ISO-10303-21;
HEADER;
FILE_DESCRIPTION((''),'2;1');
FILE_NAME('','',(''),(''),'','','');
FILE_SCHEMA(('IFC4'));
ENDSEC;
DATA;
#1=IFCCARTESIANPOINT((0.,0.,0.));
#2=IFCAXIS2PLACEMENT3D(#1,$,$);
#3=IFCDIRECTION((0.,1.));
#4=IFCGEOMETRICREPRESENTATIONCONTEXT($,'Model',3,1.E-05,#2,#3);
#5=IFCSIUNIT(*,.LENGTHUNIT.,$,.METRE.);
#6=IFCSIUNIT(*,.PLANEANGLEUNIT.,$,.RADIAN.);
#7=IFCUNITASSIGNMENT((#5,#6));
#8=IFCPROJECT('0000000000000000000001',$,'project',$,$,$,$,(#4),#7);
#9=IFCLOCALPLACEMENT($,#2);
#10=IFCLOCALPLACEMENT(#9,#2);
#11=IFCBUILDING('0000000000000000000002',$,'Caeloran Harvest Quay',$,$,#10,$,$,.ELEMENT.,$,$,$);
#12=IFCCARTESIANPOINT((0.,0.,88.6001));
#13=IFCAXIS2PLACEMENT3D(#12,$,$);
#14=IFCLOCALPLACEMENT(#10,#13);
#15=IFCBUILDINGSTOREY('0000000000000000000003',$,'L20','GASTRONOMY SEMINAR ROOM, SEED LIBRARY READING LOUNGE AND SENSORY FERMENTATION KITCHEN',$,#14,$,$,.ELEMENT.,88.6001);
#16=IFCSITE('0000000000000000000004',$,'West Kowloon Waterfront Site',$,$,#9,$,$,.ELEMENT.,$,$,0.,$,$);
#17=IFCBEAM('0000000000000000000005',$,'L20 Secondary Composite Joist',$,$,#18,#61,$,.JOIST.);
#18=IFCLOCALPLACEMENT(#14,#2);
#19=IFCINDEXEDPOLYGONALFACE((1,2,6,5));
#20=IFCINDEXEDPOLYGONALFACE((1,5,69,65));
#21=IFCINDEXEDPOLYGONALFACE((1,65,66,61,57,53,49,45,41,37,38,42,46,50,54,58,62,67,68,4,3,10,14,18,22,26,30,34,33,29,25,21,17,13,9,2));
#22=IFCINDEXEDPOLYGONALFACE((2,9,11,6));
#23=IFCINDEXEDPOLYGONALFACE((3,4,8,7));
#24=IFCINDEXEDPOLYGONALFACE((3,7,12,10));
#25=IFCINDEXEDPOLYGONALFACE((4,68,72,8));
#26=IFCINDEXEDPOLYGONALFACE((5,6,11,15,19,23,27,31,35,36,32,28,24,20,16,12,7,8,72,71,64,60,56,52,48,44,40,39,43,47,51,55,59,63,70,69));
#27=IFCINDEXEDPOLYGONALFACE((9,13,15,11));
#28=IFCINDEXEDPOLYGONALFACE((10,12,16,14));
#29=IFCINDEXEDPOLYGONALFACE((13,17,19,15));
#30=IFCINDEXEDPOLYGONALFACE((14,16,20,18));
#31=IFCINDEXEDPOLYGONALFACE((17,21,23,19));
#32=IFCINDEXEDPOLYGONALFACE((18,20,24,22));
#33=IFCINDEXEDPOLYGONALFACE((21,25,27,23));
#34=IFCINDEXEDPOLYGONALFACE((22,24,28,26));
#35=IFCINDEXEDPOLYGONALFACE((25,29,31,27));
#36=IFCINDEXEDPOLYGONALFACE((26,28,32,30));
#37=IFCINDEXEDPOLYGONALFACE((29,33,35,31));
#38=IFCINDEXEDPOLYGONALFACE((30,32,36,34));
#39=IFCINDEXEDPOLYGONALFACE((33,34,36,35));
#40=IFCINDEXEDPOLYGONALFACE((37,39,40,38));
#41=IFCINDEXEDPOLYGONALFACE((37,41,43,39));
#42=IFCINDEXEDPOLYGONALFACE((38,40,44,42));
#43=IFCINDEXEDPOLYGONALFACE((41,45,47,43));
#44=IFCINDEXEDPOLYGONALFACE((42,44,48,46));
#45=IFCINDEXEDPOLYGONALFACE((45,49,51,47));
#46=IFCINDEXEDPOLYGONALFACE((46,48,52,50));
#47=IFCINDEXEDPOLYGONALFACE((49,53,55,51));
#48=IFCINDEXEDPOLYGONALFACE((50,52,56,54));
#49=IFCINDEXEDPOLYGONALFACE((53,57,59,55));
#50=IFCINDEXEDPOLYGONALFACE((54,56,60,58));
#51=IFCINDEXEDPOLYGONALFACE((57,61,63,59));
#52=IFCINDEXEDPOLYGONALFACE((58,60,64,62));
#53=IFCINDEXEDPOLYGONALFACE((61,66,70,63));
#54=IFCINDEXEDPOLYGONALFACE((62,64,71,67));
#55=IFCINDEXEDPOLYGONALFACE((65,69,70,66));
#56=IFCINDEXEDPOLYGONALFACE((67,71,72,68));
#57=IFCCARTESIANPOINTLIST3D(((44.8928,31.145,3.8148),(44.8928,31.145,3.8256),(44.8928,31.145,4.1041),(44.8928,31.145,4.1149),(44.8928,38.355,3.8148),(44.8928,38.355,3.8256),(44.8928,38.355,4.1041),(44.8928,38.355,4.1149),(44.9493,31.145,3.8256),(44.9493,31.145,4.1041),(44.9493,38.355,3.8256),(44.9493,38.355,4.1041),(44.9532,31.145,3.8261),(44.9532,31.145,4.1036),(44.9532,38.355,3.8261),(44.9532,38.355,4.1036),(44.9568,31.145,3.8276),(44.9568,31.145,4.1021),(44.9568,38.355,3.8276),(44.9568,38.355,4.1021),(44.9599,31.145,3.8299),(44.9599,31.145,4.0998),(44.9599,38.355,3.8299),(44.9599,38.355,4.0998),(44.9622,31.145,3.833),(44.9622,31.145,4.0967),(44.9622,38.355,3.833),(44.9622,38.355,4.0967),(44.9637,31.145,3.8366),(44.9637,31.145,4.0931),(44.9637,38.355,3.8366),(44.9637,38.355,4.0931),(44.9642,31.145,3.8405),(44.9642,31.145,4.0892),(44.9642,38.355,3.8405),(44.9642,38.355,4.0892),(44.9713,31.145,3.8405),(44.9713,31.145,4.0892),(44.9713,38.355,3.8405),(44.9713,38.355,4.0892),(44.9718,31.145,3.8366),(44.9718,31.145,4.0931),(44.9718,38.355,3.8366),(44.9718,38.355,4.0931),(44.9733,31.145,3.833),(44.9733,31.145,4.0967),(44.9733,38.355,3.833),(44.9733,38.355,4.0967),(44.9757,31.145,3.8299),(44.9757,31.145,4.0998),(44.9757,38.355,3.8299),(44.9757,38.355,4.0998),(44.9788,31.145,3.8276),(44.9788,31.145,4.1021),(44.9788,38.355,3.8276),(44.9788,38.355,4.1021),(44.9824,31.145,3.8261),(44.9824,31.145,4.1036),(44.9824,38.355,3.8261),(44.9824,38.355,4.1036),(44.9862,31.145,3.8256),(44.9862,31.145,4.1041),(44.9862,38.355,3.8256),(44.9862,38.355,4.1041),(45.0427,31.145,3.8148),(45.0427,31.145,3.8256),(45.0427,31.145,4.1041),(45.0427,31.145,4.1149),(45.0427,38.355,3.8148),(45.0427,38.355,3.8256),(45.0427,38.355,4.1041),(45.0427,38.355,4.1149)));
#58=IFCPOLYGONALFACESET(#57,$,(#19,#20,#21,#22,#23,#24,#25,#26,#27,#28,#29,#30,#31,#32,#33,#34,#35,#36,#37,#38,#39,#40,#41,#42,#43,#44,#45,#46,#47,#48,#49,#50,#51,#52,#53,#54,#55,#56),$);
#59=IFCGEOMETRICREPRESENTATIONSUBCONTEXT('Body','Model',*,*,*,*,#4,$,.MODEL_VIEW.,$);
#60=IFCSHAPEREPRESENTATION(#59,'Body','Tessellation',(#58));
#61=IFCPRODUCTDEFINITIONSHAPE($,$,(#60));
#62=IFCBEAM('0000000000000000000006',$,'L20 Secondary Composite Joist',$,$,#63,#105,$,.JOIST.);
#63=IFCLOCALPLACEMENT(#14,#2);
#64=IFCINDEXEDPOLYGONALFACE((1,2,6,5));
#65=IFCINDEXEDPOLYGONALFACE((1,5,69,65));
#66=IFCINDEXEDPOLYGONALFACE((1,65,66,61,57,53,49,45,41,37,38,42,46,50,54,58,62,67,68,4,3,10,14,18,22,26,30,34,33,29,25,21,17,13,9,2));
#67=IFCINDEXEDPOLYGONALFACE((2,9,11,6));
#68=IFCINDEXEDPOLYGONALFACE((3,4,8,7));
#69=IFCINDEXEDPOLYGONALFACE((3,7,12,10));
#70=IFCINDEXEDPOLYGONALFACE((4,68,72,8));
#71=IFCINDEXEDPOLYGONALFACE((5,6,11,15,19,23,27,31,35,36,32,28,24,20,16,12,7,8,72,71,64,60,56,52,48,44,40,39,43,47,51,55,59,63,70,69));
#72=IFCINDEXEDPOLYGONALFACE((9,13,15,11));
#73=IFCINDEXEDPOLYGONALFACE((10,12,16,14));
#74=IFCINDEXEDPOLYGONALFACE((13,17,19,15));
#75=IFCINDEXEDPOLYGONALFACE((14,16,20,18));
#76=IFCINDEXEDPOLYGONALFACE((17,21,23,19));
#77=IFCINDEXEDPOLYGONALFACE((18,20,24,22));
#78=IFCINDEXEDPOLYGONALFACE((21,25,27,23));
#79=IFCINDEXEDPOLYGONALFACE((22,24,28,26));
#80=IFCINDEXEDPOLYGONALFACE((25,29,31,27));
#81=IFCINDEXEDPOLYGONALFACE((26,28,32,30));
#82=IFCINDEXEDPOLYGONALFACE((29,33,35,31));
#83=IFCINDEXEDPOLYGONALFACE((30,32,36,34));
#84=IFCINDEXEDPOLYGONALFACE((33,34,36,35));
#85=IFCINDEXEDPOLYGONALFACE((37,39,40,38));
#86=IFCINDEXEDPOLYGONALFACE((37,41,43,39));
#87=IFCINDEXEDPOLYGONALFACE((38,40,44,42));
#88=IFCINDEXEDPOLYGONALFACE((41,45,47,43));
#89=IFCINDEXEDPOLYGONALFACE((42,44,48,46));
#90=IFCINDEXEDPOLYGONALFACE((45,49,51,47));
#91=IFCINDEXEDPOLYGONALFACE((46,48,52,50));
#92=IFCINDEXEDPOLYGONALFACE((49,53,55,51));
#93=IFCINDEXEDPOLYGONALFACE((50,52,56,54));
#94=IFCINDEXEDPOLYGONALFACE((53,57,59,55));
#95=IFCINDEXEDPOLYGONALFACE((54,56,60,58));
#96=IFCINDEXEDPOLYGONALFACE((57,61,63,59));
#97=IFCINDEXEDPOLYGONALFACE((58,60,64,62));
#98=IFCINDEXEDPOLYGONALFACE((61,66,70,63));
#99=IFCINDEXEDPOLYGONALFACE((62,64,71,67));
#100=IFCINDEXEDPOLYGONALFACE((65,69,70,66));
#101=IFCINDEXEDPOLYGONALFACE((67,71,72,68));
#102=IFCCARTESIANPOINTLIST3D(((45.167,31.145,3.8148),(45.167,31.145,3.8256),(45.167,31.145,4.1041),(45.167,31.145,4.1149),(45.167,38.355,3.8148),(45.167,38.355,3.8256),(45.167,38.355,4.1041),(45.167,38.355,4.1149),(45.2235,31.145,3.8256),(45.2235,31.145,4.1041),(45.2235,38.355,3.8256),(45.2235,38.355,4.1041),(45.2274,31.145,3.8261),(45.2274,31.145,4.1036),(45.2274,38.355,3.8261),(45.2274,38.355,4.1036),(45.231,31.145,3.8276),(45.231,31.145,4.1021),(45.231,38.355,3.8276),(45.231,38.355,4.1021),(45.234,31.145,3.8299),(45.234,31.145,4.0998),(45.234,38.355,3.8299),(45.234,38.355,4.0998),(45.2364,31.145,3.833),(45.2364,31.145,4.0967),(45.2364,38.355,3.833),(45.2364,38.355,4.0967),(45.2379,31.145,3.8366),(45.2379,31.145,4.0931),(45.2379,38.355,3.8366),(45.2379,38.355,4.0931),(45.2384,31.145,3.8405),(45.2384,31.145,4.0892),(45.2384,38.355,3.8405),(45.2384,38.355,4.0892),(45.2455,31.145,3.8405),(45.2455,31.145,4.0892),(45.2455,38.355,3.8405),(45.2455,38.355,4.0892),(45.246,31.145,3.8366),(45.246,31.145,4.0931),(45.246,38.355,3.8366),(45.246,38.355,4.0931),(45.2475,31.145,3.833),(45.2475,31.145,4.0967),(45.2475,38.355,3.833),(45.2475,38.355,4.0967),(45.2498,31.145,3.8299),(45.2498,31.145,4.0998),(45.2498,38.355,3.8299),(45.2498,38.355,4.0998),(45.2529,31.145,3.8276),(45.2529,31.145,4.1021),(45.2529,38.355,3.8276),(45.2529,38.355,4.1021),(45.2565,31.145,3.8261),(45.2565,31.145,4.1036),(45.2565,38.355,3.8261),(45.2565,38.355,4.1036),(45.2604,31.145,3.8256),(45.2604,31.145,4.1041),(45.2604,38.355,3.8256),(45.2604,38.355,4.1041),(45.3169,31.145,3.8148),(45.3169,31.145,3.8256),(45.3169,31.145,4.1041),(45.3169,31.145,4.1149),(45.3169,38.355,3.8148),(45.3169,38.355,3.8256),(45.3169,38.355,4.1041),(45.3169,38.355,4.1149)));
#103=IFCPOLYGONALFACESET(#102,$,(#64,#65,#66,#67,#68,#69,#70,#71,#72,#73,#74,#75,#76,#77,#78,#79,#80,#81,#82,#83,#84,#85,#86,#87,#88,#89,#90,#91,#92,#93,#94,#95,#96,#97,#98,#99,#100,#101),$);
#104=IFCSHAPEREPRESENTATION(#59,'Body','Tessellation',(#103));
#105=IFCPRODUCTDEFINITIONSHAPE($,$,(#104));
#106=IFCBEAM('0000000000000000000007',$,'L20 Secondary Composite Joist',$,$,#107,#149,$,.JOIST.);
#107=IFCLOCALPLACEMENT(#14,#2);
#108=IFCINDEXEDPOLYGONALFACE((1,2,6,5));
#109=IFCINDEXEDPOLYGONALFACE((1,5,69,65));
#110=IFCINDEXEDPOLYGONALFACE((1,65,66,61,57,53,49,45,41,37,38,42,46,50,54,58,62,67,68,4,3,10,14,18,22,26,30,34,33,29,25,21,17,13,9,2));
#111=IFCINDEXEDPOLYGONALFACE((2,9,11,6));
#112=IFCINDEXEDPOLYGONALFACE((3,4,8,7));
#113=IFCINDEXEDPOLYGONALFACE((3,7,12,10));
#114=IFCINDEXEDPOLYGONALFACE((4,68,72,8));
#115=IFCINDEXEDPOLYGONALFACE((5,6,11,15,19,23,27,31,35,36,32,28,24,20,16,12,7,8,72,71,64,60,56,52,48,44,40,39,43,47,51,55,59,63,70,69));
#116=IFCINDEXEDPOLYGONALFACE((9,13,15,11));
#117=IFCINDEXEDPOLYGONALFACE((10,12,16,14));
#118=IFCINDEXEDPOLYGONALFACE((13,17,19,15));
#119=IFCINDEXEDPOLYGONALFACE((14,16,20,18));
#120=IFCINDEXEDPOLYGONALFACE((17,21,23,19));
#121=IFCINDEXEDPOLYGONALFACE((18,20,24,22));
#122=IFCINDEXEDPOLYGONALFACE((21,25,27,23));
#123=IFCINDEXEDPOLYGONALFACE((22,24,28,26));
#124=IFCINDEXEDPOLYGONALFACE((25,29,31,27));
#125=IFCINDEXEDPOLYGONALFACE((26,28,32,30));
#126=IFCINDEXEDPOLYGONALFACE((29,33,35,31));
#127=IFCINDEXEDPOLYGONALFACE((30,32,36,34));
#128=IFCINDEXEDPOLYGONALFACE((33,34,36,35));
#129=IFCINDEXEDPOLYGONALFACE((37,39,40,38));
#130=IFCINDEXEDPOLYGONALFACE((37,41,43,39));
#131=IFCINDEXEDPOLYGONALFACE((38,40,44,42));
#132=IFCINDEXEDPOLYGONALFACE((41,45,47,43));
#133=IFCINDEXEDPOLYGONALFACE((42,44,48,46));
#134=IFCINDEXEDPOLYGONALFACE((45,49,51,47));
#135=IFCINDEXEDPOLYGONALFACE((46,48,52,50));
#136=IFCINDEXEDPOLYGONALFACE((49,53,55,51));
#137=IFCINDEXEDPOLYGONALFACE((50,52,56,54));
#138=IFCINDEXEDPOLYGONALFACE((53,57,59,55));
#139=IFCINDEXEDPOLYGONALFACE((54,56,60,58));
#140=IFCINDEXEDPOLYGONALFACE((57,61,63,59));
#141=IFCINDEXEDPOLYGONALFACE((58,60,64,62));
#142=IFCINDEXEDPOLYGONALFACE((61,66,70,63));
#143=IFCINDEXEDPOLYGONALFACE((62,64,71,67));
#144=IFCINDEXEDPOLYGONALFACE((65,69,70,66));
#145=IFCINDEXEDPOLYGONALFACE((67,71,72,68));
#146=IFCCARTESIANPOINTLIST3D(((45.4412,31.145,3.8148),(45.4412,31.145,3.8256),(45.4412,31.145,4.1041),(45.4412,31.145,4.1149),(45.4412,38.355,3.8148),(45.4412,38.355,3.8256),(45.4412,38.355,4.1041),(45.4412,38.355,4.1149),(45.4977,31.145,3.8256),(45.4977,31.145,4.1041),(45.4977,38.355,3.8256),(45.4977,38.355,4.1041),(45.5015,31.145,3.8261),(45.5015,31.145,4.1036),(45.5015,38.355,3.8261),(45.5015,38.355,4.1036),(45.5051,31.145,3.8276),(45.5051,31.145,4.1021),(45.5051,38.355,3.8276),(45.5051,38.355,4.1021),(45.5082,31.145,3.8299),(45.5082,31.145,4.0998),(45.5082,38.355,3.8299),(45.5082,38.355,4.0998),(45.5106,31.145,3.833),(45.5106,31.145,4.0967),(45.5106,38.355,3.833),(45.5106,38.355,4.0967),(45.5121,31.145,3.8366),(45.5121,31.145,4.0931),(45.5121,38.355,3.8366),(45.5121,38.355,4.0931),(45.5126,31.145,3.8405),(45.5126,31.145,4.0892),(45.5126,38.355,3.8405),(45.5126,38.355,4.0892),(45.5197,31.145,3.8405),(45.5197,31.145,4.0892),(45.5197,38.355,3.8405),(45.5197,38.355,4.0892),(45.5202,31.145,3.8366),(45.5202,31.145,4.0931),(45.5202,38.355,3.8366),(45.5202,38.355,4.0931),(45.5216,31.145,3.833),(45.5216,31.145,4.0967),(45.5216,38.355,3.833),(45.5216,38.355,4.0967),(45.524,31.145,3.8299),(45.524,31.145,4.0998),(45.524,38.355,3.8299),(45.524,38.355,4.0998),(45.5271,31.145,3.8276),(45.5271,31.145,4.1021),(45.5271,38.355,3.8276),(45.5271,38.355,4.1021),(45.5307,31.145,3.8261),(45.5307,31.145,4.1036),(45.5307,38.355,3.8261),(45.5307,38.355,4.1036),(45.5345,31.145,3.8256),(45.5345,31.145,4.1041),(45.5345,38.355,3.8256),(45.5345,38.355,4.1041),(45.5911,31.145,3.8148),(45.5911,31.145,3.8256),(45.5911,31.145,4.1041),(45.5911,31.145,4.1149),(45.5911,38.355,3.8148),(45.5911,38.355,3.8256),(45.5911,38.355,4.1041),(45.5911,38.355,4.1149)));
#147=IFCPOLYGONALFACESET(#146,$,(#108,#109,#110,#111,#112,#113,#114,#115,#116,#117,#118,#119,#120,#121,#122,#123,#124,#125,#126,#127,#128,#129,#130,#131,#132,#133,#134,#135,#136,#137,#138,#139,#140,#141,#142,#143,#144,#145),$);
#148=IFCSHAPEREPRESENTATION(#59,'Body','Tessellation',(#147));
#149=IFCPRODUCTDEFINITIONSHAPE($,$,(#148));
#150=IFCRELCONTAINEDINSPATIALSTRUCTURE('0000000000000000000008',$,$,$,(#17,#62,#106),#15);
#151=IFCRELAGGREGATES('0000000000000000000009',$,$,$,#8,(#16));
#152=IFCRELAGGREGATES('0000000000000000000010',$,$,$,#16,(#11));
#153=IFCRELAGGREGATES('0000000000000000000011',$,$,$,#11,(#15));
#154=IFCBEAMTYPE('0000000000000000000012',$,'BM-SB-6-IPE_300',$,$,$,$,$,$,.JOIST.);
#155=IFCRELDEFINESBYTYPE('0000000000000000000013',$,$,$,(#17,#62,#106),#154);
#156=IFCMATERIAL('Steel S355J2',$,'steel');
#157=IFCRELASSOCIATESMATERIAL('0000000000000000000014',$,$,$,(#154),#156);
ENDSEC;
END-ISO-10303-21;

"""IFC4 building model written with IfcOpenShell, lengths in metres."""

from ifc_helpers import new_model, si_unit, direction, frame, origin, origin_2d, place, context, subcontext, project, spatial, i_section, extrude, material, material_profile, profile_set, type_object, element, save


model = new_model("IFC4")

# Units and contexts
model_context = context("Model", 3, precision=1e-05, world=origin(), true_north=direction((0.0, 1.0)))
body_context = subcontext(model_context, "Body", "Model", "MODEL_VIEW")
ifc_project = project(units=[si_unit("LENGTHUNIT", "METRE"), si_unit("PLANEANGLEUNIT", "RADIAN")], contexts=[model_context])

# Site, building, storey
site_placement = place(None, origin())
site = spatial("IfcSite", under=ifc_project, at=site_placement, Name="West Kowloon Waterfront Site", CompositionType="ELEMENT", RefElevation=0.0)
building_placement = place(site_placement, origin())
building = spatial("IfcBuilding", under=site, at=building_placement, Name="Caeloran Harvest Quay", CompositionType="ELEMENT")
storey_placement = place(building_placement, frame((0.0, 0.0, 88.6001)))
storey = spatial("IfcBuildingStorey", under=building, at=storey_placement, Name="L20", Description="GASTRONOMY SEMINAR ROOM, SEED LIBRARY READING LOUNGE AND SENSORY FERMENTATION KITCHEN", CompositionType="ELEMENT", Elevation=88.6001)

# Beams
ifc_material_1 = material(Name="Steel S355J2", Category="steel")
ifc_material_profile_1 = material_profile(ifc_material_1, i_section(OverallWidth=0.1499, OverallDepth=0.3, WebThickness=0.0071, FlangeThickness=0.0107, FilletRadius=0.0149, at=origin_2d()), Name="IPE 300")
ifc_profile_set_1 = profile_set([ifc_material_profile_1], Name="Steel S355J2")
beam_type_1 = type_object("IfcBeamType", Name="BM-SB-6-IPE_300", PredefinedType="JOIST", material=ifc_profile_set_1)
for number, where, z_axis, x_axis, name in (
    (1, (44.9678, 31.145, 3.9648), (0.0, 1.0, 0.0), (-1.0, 0.0, 0.0), "L20 Secondary Composite Joist"),
    (2, (45.2419, 31.145, 3.9648), (0.0, 1.0, 0.0), (-1.0, 0.0, 0.0), "L20 Secondary Composite Joist"),
    (3, (45.5161, 31.145, 3.9648), (0.0, 1.0, 0.0), (-1.0, 0.0, 0.0), "L20 Secondary Composite Joist"),
):
    element("IfcBeam", number, at=place(storey_placement, frame(where, z_axis=z_axis, x_axis=x_axis)), inside=storey, type_object=beam_type_1, Name=name, PredefinedType="JOIST", context=body_context, shape_type="SweptSolid", body=[
        extrude(i_section(OverallWidth=0.1499, OverallDepth=0.3, WebThickness=0.0071, FlangeThickness=0.0107, FilletRadius=0.0149, at=origin_2d()), origin(), (0.0, 0.0, 1.0), 7.21),
    ])

save(model, "model.ifc")
